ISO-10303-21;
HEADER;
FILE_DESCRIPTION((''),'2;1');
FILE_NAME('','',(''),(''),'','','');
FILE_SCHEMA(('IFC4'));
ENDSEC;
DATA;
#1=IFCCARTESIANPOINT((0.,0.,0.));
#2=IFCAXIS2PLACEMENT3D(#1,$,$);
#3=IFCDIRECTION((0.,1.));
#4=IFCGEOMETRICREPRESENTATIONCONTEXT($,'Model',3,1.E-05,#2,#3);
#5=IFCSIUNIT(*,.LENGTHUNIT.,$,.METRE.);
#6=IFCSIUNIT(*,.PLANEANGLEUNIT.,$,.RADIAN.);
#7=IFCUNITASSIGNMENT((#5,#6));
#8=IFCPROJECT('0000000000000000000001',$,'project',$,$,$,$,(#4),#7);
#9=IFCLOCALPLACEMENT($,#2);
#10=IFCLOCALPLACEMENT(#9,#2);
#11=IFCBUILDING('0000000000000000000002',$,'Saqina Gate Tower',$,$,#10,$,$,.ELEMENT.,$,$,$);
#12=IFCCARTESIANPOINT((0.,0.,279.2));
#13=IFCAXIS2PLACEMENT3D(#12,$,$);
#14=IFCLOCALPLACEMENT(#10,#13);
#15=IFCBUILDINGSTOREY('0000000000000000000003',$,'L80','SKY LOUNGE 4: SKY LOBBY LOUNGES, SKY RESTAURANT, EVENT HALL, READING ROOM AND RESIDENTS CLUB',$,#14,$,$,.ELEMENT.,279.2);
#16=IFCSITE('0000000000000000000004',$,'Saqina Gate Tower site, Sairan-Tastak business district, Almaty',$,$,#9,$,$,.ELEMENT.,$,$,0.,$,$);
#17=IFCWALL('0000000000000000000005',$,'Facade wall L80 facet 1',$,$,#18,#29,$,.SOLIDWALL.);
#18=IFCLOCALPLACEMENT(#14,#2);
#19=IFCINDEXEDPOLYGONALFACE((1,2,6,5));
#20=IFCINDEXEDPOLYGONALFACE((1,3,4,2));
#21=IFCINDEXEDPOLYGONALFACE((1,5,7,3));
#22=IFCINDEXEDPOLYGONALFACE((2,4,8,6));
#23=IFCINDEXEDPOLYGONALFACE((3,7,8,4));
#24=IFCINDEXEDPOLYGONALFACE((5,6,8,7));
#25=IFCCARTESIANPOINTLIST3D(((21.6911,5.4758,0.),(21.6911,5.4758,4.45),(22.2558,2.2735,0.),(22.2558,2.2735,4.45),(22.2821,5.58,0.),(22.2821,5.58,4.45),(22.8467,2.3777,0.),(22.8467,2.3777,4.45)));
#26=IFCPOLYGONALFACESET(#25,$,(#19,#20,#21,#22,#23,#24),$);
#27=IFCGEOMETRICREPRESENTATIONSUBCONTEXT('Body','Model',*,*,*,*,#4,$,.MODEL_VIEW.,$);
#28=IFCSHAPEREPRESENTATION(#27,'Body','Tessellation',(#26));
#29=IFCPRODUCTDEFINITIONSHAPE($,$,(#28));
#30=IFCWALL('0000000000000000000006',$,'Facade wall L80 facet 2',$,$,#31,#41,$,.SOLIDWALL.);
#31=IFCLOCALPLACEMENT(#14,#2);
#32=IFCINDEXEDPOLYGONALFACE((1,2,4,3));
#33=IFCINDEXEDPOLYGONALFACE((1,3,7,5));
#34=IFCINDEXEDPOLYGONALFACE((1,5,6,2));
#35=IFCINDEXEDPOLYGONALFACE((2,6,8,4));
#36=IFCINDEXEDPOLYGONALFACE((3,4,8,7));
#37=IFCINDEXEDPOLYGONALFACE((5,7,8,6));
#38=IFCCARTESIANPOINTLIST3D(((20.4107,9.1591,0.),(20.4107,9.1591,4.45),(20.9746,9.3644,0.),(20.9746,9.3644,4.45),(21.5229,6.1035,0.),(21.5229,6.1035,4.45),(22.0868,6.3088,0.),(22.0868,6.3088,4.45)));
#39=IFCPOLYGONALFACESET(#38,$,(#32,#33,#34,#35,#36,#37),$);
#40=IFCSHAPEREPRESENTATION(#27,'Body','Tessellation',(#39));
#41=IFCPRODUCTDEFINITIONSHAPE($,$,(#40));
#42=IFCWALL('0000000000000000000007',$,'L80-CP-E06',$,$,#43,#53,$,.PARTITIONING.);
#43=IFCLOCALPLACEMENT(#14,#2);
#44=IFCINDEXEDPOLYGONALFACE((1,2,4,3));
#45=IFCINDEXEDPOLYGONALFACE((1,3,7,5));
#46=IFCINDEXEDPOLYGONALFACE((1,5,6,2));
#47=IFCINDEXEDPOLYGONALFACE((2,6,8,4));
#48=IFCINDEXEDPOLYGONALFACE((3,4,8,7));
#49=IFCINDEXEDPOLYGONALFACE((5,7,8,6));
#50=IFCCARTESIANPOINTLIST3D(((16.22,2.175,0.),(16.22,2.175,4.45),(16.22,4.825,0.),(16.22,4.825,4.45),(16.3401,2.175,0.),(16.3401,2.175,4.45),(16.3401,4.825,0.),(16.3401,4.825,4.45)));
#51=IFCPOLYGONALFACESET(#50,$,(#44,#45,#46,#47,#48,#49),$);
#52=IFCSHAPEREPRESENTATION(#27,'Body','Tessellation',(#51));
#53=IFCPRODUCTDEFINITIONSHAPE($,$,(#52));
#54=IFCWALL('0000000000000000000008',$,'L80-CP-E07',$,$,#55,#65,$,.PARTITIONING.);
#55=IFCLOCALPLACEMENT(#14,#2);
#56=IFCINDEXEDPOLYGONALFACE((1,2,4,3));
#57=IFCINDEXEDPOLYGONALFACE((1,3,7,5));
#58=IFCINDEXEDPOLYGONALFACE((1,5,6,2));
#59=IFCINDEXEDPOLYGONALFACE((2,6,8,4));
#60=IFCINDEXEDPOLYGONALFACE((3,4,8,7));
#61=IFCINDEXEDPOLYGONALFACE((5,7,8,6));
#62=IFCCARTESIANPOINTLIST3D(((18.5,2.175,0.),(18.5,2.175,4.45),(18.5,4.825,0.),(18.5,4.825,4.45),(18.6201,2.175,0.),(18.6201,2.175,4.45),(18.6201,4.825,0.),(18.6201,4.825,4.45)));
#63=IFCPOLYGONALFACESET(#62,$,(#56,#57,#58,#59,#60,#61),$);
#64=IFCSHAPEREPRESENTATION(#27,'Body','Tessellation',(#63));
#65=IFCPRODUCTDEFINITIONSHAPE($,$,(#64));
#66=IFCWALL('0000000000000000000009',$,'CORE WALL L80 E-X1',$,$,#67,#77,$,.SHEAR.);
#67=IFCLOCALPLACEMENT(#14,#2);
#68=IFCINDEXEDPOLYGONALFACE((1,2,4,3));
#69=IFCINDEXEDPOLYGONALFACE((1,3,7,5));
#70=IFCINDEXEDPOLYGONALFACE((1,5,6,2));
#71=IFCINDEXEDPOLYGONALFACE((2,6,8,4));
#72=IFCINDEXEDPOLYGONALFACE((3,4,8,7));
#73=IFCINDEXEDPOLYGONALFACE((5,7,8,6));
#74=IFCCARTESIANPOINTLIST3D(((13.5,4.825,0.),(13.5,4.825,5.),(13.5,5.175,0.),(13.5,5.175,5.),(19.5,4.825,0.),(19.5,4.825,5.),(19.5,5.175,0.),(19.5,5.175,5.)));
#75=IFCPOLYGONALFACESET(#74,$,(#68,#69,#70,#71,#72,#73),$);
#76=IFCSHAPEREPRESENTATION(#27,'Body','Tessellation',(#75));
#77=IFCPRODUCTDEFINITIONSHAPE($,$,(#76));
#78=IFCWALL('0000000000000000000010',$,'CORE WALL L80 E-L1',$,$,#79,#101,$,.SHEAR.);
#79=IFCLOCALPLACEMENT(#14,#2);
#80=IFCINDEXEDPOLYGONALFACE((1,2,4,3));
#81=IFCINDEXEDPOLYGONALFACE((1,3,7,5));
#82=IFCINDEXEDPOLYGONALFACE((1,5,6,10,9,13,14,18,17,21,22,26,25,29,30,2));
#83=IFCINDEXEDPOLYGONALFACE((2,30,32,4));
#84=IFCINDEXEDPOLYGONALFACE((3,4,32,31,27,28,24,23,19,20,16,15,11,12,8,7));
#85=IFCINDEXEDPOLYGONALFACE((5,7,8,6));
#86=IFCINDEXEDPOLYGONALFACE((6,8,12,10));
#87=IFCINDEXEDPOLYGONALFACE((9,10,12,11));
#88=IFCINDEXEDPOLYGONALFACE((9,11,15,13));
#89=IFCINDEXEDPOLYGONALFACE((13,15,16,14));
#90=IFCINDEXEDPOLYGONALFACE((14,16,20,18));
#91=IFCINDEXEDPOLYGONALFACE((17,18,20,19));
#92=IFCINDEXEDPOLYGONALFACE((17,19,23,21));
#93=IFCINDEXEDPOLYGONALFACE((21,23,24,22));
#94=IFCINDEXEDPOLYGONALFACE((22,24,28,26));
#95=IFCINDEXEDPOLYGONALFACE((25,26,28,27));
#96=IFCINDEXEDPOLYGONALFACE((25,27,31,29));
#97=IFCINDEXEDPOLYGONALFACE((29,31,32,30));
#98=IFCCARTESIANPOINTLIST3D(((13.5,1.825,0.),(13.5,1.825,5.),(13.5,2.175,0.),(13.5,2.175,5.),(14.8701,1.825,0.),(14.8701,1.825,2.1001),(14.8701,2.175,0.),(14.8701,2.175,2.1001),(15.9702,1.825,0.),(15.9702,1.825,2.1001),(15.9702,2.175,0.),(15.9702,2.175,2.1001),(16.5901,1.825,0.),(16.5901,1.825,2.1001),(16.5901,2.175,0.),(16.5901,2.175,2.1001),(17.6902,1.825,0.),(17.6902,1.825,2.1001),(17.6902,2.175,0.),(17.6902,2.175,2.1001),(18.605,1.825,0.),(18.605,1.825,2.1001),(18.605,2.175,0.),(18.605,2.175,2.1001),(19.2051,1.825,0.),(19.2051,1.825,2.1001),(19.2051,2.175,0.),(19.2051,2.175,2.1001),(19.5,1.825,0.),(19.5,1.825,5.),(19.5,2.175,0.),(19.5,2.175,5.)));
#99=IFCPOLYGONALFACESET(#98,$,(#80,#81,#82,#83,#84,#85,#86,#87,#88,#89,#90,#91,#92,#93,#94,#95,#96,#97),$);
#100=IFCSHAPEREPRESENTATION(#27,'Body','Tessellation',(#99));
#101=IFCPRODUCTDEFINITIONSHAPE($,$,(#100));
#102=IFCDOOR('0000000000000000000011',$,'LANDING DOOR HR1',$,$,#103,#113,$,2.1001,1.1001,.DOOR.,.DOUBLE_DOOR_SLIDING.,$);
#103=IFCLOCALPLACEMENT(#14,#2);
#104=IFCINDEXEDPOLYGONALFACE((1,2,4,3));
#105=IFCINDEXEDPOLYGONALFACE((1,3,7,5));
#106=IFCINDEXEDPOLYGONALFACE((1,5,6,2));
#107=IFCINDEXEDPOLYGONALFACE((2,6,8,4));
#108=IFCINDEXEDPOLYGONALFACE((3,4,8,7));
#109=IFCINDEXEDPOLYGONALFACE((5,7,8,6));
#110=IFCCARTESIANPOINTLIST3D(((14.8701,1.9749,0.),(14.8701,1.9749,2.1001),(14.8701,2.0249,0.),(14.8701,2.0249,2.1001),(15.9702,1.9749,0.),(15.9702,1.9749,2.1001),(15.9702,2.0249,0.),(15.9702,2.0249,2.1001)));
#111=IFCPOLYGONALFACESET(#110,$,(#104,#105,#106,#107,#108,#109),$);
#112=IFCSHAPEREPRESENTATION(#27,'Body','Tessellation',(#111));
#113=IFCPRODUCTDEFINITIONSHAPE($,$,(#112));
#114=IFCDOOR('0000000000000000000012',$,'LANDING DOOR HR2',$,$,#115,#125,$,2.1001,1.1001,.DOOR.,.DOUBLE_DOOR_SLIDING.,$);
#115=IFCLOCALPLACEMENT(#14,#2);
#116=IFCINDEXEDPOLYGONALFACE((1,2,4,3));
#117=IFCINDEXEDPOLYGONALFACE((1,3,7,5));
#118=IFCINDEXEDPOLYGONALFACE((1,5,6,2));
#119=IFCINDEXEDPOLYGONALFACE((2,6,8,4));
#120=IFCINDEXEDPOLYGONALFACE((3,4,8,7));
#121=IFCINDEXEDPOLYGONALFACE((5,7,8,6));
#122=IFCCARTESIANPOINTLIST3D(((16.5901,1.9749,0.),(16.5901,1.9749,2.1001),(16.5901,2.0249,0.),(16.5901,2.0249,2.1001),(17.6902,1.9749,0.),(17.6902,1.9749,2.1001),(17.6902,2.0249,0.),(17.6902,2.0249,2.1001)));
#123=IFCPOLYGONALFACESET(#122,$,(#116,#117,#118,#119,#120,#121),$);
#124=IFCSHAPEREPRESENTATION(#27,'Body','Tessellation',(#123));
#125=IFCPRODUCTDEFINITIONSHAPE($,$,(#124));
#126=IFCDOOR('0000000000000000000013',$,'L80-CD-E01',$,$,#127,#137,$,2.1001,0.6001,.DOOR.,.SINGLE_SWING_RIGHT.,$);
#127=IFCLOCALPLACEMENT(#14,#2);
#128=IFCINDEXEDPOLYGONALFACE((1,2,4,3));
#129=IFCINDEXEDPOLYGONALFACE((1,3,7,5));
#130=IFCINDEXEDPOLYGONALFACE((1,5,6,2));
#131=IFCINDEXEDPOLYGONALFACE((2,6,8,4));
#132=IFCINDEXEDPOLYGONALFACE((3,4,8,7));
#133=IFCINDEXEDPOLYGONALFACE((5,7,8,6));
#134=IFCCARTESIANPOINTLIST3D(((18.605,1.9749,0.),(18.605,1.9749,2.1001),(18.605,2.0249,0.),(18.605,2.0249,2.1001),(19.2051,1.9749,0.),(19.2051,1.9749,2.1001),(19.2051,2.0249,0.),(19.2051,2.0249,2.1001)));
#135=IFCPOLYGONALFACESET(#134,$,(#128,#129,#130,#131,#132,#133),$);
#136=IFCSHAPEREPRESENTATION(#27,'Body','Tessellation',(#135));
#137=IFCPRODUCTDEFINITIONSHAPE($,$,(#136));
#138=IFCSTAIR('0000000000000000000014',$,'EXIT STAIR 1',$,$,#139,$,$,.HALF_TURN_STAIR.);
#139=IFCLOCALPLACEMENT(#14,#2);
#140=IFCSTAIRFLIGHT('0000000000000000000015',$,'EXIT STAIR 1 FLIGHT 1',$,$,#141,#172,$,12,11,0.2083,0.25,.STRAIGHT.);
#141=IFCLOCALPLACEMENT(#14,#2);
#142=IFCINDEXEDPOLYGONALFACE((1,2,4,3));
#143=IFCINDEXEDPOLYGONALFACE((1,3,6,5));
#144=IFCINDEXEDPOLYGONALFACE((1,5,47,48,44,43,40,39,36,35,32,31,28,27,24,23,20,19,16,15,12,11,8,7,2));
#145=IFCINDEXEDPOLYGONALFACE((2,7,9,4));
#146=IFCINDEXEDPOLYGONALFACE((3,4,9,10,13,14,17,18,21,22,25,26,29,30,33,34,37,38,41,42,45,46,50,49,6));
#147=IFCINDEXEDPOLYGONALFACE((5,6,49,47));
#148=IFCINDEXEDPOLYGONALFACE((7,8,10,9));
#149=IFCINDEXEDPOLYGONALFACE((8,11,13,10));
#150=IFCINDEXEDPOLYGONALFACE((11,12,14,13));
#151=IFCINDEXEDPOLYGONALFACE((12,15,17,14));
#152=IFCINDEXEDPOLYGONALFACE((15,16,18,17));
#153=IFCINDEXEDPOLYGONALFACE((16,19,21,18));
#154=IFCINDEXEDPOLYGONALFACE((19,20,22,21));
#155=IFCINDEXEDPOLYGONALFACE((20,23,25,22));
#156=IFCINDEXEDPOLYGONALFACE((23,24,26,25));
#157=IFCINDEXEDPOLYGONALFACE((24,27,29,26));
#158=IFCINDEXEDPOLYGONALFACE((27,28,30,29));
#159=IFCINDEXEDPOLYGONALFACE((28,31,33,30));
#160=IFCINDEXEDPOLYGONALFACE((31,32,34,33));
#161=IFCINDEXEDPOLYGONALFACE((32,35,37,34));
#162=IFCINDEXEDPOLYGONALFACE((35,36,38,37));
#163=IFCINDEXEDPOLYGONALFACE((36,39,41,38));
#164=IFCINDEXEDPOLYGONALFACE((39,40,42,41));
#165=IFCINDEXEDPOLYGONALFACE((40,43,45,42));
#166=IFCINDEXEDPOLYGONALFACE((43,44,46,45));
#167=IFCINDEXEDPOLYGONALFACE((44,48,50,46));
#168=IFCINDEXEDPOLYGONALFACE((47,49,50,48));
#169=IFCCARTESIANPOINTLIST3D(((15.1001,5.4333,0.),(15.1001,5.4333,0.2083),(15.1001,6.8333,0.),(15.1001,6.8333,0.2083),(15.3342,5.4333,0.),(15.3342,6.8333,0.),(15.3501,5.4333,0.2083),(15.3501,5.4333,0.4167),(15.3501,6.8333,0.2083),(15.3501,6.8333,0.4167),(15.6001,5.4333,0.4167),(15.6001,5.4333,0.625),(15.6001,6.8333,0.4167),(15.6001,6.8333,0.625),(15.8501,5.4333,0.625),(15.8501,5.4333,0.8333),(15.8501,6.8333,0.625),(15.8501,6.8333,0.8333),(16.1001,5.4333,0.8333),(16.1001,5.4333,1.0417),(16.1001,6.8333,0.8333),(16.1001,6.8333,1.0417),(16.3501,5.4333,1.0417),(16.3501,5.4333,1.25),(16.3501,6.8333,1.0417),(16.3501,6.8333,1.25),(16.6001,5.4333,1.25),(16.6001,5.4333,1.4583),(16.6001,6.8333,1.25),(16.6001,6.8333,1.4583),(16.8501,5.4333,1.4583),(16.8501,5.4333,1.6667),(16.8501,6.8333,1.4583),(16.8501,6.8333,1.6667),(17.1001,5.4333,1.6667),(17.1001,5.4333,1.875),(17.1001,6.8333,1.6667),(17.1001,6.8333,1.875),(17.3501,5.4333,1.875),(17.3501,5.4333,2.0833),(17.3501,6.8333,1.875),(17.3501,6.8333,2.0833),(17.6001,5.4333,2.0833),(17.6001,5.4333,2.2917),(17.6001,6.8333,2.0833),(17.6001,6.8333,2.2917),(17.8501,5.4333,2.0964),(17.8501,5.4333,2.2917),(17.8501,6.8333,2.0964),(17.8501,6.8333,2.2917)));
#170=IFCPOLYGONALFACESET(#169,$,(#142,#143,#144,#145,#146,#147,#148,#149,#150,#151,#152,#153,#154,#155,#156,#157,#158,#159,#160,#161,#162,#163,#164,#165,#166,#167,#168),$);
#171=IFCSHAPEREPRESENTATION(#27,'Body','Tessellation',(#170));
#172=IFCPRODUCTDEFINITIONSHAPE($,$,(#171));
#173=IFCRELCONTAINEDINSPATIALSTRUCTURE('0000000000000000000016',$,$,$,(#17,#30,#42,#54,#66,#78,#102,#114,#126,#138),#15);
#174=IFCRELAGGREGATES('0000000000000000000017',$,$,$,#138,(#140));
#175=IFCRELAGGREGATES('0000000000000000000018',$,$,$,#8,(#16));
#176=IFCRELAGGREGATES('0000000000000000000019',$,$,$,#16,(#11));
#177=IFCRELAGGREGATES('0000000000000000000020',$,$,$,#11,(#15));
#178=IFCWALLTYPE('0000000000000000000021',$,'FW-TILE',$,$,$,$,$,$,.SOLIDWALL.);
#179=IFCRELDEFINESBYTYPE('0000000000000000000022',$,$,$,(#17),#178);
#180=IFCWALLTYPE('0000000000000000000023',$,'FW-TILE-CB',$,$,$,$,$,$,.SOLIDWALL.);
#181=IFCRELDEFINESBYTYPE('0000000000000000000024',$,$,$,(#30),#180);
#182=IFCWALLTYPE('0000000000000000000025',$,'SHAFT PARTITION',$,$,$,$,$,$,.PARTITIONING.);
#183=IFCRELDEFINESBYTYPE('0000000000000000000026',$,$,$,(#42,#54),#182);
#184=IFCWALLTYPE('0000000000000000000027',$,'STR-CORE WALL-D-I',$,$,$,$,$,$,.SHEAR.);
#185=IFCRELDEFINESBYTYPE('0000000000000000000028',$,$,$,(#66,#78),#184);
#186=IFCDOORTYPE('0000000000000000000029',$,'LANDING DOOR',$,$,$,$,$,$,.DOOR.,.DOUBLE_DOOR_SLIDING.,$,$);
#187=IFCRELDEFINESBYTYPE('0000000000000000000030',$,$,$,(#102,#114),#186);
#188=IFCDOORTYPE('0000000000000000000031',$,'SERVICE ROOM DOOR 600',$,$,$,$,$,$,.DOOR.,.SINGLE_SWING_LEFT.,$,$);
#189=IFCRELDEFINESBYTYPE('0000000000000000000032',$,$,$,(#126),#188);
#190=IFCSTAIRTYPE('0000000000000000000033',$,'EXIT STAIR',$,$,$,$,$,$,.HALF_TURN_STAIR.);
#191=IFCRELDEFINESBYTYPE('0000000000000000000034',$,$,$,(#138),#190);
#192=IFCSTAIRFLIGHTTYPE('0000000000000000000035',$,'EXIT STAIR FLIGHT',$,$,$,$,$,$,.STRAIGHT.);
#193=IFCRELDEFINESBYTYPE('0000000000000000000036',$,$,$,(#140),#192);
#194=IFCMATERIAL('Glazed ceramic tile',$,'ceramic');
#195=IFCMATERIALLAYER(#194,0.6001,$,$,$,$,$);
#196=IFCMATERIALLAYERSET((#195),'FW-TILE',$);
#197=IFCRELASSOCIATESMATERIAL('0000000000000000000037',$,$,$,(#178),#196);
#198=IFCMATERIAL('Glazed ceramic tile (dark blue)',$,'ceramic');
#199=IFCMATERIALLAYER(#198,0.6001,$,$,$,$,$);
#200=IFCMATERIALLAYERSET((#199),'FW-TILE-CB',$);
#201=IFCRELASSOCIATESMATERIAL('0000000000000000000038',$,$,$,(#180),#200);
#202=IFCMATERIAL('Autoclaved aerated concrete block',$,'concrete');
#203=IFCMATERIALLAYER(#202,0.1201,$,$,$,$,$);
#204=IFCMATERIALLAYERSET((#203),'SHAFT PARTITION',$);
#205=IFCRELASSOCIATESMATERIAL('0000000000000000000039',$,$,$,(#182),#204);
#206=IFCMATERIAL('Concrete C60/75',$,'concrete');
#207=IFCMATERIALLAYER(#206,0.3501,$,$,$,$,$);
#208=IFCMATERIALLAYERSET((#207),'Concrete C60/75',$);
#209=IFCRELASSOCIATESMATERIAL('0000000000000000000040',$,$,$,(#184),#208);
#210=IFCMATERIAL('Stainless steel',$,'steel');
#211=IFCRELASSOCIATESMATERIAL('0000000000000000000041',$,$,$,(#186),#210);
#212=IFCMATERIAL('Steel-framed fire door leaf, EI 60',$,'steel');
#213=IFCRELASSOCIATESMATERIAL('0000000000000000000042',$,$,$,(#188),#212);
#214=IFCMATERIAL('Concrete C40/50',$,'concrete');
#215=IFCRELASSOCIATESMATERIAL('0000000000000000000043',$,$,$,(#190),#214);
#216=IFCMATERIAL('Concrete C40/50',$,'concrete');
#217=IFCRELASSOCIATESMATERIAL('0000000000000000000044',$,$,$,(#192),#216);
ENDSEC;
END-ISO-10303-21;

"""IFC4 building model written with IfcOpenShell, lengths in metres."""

from ifc_helpers import new_model, si_unit, direction, frame, frame_2d, origin, place, context, subcontext, project, spatial, polyline, rectangle, outline, extrude, material, layer, layer_set, type_object, element, fill, aggregate, save


model = new_model("IFC4")

# Units and contexts
model_context = context("Model", 3, precision=1e-05, world=origin(), true_north=direction((0.0, 1.0)))
body_context = subcontext(model_context, "Body", "Model", "MODEL_VIEW")
ifc_project = project(units=[si_unit("LENGTHUNIT", "METRE"), si_unit("PLANEANGLEUNIT", "RADIAN")], contexts=[model_context])

# Site, building, storey
site_placement = place(None, origin())
site = spatial("IfcSite", under=ifc_project, at=site_placement, Name="Saqina Gate Tower site, Sairan-Tastak business district, Almaty", CompositionType="ELEMENT", RefElevation=0.0)
building_placement = place(site_placement, origin())
building = spatial("IfcBuilding", under=site, at=building_placement, Name="Saqina Gate Tower", CompositionType="ELEMENT")
storey_placement = place(building_placement, frame((0.0, 0.0, 279.2)))
storey = spatial("IfcBuildingStorey", under=building, at=storey_placement, Name="L80", Description="SKY LOUNGE 4: SKY LOBBY LOUNGES, SKY RESTAURANT, EVENT HALL, READING ROOM AND RESIDENTS CLUB", CompositionType="ELEMENT", Elevation=279.2)

# Walls
ifc_material_1 = material(Name="Glazed ceramic tile", Category="ceramic")
ifc_layer_1 = layer(ifc_material_1, 0.6001)
ifc_layer_set_1 = layer_set([ifc_layer_1], Name="FW-TILE")
wall_type_1 = type_object("IfcWallType", Name="FW-TILE", PredefinedType="SOLIDWALL", material=ifc_layer_set_1)
wall_1_placement = place(storey_placement, frame((22.5513, 2.3254, 0.0), z_axis=(0.0, 0.0, 1.0), x_axis=(-0.173657, 0.984806, 0.0)))
element("IfcWall", 1, at=wall_1_placement, inside=storey, type_object=wall_type_1, Name="Facade wall L80 facet 1", PredefinedType="SOLIDWALL", context=body_context, shape_type="SweptSolid", body=[
    extrude(rectangle(XDim=3.2517, YDim=0.6001, at=frame_2d((1.626, 0.0))), origin(), (0.0, 0.0, 1.0), 4.45),
])
ifc_material_2 = material(Name="Glazed ceramic tile (dark blue)", Category="ceramic")
ifc_layer_2 = layer(ifc_material_2, 0.6001)
ifc_layer_set_2 = layer_set([ifc_layer_2], Name="FW-TILE-CB")
wall_type_2 = type_object("IfcWallType", Name="FW-TILE-CB", PredefinedType="SOLIDWALL", material=ifc_layer_set_2)
wall_2_placement = place(storey_placement, frame((21.8049, 6.2061, 0.0), z_axis=(0.0, 0.0, 1.0), x_axis=(-0.342057, 0.939679, 0.0)))
element("IfcWall", 2, at=wall_2_placement, inside=storey, type_object=wall_type_2, Name="Facade wall L80 facet 2", PredefinedType="SOLIDWALL", context=body_context, shape_type="SweptSolid", body=[
    extrude(rectangle(XDim=3.2517, YDim=0.6001, at=frame_2d((1.626, 0.0))), origin(), (0.0, 0.0, 1.0), 4.45),
])
ifc_material_3 = material(Name="Autoclaved aerated concrete block", Category="concrete")
ifc_layer_3 = layer(ifc_material_3, 0.1201)
ifc_layer_set_3 = layer_set([ifc_layer_3], Name="SHAFT PARTITION")
wall_type_3 = type_object("IfcWallType", Name="SHAFT PARTITION", PredefinedType="PARTITIONING", material=ifc_layer_set_3)
for number, where, z_axis, x_axis, name in (
    (3, (16.28, 2.175, 0.0), (0.0, 0.0, 1.0), (0.0, 1.0, 0.0), "L80-CP-E06"),
    (4, (18.5601, 2.175, 0.0), (0.0, 0.0, 1.0), (0.0, 1.0, 0.0), "L80-CP-E07"),
):
    element("IfcWall", number, at=place(storey_placement, frame(where, z_axis=z_axis, x_axis=x_axis)), inside=storey, type_object=wall_type_3, Name=name, PredefinedType="PARTITIONING", context=body_context, shape_type="SweptSolid", body=[
        extrude(rectangle(XDim=2.6499, YDim=0.1201, at=frame_2d((1.325, 0.0))), origin(), (0.0, 0.0, 1.0), 4.45),
    ])
ifc_material_4 = material(Name="Concrete C60/75", Category="concrete")
ifc_layer_4 = layer(ifc_material_4, 0.3501)
ifc_layer_set_4 = layer_set([ifc_layer_4], Name="Concrete C60/75")
wall_type_4 = type_object("IfcWallType", Name="STR-CORE WALL-D-I", PredefinedType="SHEAR", material=ifc_layer_set_4)
wall_3_placement = place(storey_placement, frame((13.5, 5.0, 0.0), z_axis=(0.0, 0.0, 1.0), x_axis=(1.0, 0.0, 0.0)))
element("IfcWall", 5, at=wall_3_placement, inside=storey, type_object=wall_type_4, Name="CORE WALL L80 E-X1", PredefinedType="SHEAR", context=body_context, shape_type="SweptSolid", body=[
    extrude(rectangle(XDim=6.0, YDim=0.3501, at=frame_2d((3.0, 0.0))), origin(), (0.0, 0.0, 1.0), 5.0),
])

# Wall, openings, doors
wall_4_placement = place(storey_placement, frame((13.5, 2.0, 0.0), z_axis=(0.0, 0.0, 1.0), x_axis=(1.0, 0.0, 0.0)))
wall_4 = element("IfcWall", 6, at=wall_4_placement, inside=storey, type_object=wall_type_4, Name="CORE WALL L80 E-L1", PredefinedType="SHEAR", context=body_context, shape_type="SweptSolid", body=[
    extrude(rectangle(XDim=6.0, YDim=0.3501, at=frame_2d((3.0, 0.0))), origin(), (0.0, 0.0, 1.0), 5.0),
])
opening_1_placement = place(wall_4_placement, frame((1.3701, 0.0, 0.0)))
opening_1 = element("IfcOpeningElement", 7, at=opening_1_placement, cuts=wall_4, PredefinedType="OPENING", context=body_context, shape_type="SweptSolid", body=[
    extrude(rectangle(XDim=1.1001, YDim=2.1001, at=frame_2d((0.55, 1.05))), frame((0.0, 0.187, 0.0), z_axis=(0.0, -1.0, 0.0), x_axis=(1.0, 0.0, 0.0)), (0.0, 0.0, 1.0), 0.374),
])
opening_2_placement = place(wall_4_placement, frame((3.0901, 0.0, 0.0)))
opening_2 = element("IfcOpeningElement", 8, at=opening_2_placement, cuts=wall_4, PredefinedType="OPENING", context=body_context, shape_type="SweptSolid", body=[
    extrude(rectangle(XDim=1.1001, YDim=2.1001, at=frame_2d((0.55, 1.05))), frame((0.0, 0.187, 0.0), z_axis=(0.0, -1.0, 0.0), x_axis=(1.0, 0.0, 0.0)), (0.0, 0.0, 1.0), 0.374),
])
opening_3_placement = place(wall_4_placement, frame((5.105, 0.0, 0.0)))
opening_3 = element("IfcOpeningElement", 9, at=opening_3_placement, cuts=wall_4, PredefinedType="OPENING", context=body_context, shape_type="SweptSolid", body=[
    extrude(rectangle(XDim=0.6001, YDim=2.1001, at=frame_2d((0.3, 1.05))), frame((0.0, 0.187, 0.0), z_axis=(0.0, -1.0, 0.0), x_axis=(1.0, 0.0, 0.0)), (0.0, 0.0, 1.0), 0.374),
])
ifc_material_5 = material(Name="Stainless steel", Category="steel")
door_type_1 = type_object("IfcDoorType", Name="LANDING DOOR", OperationType="DOUBLE_DOOR_SLIDING", PredefinedType="DOOR", material=ifc_material_5)
door_1_placement = place(opening_1_placement, origin())
door_1 = element("IfcDoor", 10, at=door_1_placement, inside=storey, type_object=door_type_1, Name="LANDING DOOR HR1", OperationType="DOUBLE_DOOR_SLIDING", OverallHeight=2.1001, OverallWidth=1.1001, PredefinedType="DOOR", context=body_context, shape_type="SweptSolid", body=[
    extrude(rectangle(XDim=1.1001, YDim=2.1001, at=frame_2d((0.55, 1.05))), frame((0.0, 0.0249, 0.0), z_axis=(0.0, -1.0, 0.0), x_axis=(1.0, 0.0, 0.0)), (0.0, 0.0, 1.0), 0.05),
])
fill(opening_1, door_1)
door_2_placement = place(opening_2_placement, origin())
door_2 = element("IfcDoor", 11, at=door_2_placement, inside=storey, type_object=door_type_1, Name="LANDING DOOR HR2", OperationType="DOUBLE_DOOR_SLIDING", OverallHeight=2.1001, OverallWidth=1.1001, PredefinedType="DOOR", context=body_context, shape_type="SweptSolid", body=[
    extrude(rectangle(XDim=1.1001, YDim=2.1001, at=frame_2d((0.55, 1.05))), frame((0.0, 0.0249, 0.0), z_axis=(0.0, -1.0, 0.0), x_axis=(1.0, 0.0, 0.0)), (0.0, 0.0, 1.0), 0.05),
])
fill(opening_2, door_2)
ifc_material_6 = material(Name="Steel-framed fire door leaf, EI 60", Category="steel")
door_type_2 = type_object("IfcDoorType", Name="SERVICE ROOM DOOR 600", OperationType="SINGLE_SWING_LEFT", PredefinedType="DOOR", material=ifc_material_6)
door_3_placement = place(opening_3_placement, origin())
door_3 = element("IfcDoor", 12, at=door_3_placement, inside=storey, type_object=door_type_2, Name="L80-CD-E01", OperationType="SINGLE_SWING_RIGHT", OverallHeight=2.1001, OverallWidth=0.6001, PredefinedType="DOOR", context=body_context, shape_type="SweptSolid", body=[
    extrude(rectangle(XDim=0.6001, YDim=2.1001, at=frame_2d((0.3, 1.05))), frame((0.0, 0.0249, 0.0), z_axis=(0.0, -1.0, 0.0), x_axis=(1.0, 0.0, 0.0)), (0.0, 0.0, 1.0), 0.05),
])
fill(opening_3, door_3)

# Stair, stair flight
ifc_material_7 = material(Name="Concrete C40/50", Category="concrete")
stair_type = type_object("IfcStairType", Name="EXIT STAIR", PredefinedType="HALF_TURN_STAIR", material=ifc_material_7)
stair_placement = place(storey_placement, origin())
stair = element("IfcStair", 13, at=stair_placement, inside=storey, type_object=stair_type, Name="EXIT STAIR 1", PredefinedType="HALF_TURN_STAIR")
ifc_material_8 = material(Name="Concrete C40/50", Category="concrete")
stair_flight_type = type_object("IfcStairFlightType", Name="EXIT STAIR FLIGHT", PredefinedType="STRAIGHT", material=ifc_material_8)
stair_flight_1_placement = place(storey_placement, frame((15.1001, 6.1333, 0.0), z_axis=(0.0, 0.0, 1.0), x_axis=(1.0, 0.0, 0.0)))
stair_flight_1 = element("IfcStairFlight", 14, at=stair_flight_1_placement, type_object=stair_flight_type, Name="EXIT STAIR 1 FLIGHT 1", NumberOfRisers=12, NumberOfTreads=11, PredefinedType="STRAIGHT", RiserHeight=0.2083, TreadLength=0.25, context=body_context, shape_type="SweptSolid", body=[
    extrude(outline(polyline([(0.0, 0.0), (0.0, 0.2083), (0.25, 0.2083), (0.25, 0.4167), (0.5, 0.4167), (0.5, 0.625), (0.75, 0.625), (0.75, 0.8333), (1.0, 0.8333), (1.0, 1.0417), (1.25, 1.0417), (1.25, 1.25), (1.5, 1.25), (1.5, 1.4583), (1.75, 1.4583), (1.75, 1.6667), (2.0, 1.6667), (2.0, 1.875), (2.25, 1.875), (2.25, 2.0833), (2.5, 2.0833), (2.5, 2.2917), (2.75, 2.2917), (2.75, 2.5), (2.75, 2.0964), (0.2341, 0.0), (0.0, 0.0)])), frame((0.0, 0.7, 0.0), z_axis=(0.0, -1.0, 0.0), x_axis=(1.0, 0.0, 0.0)), (0.0, 0.0, 1.0), 1.3999),
])
aggregate(stair, [stair_flight_1])

save(model, "model.ifc")
